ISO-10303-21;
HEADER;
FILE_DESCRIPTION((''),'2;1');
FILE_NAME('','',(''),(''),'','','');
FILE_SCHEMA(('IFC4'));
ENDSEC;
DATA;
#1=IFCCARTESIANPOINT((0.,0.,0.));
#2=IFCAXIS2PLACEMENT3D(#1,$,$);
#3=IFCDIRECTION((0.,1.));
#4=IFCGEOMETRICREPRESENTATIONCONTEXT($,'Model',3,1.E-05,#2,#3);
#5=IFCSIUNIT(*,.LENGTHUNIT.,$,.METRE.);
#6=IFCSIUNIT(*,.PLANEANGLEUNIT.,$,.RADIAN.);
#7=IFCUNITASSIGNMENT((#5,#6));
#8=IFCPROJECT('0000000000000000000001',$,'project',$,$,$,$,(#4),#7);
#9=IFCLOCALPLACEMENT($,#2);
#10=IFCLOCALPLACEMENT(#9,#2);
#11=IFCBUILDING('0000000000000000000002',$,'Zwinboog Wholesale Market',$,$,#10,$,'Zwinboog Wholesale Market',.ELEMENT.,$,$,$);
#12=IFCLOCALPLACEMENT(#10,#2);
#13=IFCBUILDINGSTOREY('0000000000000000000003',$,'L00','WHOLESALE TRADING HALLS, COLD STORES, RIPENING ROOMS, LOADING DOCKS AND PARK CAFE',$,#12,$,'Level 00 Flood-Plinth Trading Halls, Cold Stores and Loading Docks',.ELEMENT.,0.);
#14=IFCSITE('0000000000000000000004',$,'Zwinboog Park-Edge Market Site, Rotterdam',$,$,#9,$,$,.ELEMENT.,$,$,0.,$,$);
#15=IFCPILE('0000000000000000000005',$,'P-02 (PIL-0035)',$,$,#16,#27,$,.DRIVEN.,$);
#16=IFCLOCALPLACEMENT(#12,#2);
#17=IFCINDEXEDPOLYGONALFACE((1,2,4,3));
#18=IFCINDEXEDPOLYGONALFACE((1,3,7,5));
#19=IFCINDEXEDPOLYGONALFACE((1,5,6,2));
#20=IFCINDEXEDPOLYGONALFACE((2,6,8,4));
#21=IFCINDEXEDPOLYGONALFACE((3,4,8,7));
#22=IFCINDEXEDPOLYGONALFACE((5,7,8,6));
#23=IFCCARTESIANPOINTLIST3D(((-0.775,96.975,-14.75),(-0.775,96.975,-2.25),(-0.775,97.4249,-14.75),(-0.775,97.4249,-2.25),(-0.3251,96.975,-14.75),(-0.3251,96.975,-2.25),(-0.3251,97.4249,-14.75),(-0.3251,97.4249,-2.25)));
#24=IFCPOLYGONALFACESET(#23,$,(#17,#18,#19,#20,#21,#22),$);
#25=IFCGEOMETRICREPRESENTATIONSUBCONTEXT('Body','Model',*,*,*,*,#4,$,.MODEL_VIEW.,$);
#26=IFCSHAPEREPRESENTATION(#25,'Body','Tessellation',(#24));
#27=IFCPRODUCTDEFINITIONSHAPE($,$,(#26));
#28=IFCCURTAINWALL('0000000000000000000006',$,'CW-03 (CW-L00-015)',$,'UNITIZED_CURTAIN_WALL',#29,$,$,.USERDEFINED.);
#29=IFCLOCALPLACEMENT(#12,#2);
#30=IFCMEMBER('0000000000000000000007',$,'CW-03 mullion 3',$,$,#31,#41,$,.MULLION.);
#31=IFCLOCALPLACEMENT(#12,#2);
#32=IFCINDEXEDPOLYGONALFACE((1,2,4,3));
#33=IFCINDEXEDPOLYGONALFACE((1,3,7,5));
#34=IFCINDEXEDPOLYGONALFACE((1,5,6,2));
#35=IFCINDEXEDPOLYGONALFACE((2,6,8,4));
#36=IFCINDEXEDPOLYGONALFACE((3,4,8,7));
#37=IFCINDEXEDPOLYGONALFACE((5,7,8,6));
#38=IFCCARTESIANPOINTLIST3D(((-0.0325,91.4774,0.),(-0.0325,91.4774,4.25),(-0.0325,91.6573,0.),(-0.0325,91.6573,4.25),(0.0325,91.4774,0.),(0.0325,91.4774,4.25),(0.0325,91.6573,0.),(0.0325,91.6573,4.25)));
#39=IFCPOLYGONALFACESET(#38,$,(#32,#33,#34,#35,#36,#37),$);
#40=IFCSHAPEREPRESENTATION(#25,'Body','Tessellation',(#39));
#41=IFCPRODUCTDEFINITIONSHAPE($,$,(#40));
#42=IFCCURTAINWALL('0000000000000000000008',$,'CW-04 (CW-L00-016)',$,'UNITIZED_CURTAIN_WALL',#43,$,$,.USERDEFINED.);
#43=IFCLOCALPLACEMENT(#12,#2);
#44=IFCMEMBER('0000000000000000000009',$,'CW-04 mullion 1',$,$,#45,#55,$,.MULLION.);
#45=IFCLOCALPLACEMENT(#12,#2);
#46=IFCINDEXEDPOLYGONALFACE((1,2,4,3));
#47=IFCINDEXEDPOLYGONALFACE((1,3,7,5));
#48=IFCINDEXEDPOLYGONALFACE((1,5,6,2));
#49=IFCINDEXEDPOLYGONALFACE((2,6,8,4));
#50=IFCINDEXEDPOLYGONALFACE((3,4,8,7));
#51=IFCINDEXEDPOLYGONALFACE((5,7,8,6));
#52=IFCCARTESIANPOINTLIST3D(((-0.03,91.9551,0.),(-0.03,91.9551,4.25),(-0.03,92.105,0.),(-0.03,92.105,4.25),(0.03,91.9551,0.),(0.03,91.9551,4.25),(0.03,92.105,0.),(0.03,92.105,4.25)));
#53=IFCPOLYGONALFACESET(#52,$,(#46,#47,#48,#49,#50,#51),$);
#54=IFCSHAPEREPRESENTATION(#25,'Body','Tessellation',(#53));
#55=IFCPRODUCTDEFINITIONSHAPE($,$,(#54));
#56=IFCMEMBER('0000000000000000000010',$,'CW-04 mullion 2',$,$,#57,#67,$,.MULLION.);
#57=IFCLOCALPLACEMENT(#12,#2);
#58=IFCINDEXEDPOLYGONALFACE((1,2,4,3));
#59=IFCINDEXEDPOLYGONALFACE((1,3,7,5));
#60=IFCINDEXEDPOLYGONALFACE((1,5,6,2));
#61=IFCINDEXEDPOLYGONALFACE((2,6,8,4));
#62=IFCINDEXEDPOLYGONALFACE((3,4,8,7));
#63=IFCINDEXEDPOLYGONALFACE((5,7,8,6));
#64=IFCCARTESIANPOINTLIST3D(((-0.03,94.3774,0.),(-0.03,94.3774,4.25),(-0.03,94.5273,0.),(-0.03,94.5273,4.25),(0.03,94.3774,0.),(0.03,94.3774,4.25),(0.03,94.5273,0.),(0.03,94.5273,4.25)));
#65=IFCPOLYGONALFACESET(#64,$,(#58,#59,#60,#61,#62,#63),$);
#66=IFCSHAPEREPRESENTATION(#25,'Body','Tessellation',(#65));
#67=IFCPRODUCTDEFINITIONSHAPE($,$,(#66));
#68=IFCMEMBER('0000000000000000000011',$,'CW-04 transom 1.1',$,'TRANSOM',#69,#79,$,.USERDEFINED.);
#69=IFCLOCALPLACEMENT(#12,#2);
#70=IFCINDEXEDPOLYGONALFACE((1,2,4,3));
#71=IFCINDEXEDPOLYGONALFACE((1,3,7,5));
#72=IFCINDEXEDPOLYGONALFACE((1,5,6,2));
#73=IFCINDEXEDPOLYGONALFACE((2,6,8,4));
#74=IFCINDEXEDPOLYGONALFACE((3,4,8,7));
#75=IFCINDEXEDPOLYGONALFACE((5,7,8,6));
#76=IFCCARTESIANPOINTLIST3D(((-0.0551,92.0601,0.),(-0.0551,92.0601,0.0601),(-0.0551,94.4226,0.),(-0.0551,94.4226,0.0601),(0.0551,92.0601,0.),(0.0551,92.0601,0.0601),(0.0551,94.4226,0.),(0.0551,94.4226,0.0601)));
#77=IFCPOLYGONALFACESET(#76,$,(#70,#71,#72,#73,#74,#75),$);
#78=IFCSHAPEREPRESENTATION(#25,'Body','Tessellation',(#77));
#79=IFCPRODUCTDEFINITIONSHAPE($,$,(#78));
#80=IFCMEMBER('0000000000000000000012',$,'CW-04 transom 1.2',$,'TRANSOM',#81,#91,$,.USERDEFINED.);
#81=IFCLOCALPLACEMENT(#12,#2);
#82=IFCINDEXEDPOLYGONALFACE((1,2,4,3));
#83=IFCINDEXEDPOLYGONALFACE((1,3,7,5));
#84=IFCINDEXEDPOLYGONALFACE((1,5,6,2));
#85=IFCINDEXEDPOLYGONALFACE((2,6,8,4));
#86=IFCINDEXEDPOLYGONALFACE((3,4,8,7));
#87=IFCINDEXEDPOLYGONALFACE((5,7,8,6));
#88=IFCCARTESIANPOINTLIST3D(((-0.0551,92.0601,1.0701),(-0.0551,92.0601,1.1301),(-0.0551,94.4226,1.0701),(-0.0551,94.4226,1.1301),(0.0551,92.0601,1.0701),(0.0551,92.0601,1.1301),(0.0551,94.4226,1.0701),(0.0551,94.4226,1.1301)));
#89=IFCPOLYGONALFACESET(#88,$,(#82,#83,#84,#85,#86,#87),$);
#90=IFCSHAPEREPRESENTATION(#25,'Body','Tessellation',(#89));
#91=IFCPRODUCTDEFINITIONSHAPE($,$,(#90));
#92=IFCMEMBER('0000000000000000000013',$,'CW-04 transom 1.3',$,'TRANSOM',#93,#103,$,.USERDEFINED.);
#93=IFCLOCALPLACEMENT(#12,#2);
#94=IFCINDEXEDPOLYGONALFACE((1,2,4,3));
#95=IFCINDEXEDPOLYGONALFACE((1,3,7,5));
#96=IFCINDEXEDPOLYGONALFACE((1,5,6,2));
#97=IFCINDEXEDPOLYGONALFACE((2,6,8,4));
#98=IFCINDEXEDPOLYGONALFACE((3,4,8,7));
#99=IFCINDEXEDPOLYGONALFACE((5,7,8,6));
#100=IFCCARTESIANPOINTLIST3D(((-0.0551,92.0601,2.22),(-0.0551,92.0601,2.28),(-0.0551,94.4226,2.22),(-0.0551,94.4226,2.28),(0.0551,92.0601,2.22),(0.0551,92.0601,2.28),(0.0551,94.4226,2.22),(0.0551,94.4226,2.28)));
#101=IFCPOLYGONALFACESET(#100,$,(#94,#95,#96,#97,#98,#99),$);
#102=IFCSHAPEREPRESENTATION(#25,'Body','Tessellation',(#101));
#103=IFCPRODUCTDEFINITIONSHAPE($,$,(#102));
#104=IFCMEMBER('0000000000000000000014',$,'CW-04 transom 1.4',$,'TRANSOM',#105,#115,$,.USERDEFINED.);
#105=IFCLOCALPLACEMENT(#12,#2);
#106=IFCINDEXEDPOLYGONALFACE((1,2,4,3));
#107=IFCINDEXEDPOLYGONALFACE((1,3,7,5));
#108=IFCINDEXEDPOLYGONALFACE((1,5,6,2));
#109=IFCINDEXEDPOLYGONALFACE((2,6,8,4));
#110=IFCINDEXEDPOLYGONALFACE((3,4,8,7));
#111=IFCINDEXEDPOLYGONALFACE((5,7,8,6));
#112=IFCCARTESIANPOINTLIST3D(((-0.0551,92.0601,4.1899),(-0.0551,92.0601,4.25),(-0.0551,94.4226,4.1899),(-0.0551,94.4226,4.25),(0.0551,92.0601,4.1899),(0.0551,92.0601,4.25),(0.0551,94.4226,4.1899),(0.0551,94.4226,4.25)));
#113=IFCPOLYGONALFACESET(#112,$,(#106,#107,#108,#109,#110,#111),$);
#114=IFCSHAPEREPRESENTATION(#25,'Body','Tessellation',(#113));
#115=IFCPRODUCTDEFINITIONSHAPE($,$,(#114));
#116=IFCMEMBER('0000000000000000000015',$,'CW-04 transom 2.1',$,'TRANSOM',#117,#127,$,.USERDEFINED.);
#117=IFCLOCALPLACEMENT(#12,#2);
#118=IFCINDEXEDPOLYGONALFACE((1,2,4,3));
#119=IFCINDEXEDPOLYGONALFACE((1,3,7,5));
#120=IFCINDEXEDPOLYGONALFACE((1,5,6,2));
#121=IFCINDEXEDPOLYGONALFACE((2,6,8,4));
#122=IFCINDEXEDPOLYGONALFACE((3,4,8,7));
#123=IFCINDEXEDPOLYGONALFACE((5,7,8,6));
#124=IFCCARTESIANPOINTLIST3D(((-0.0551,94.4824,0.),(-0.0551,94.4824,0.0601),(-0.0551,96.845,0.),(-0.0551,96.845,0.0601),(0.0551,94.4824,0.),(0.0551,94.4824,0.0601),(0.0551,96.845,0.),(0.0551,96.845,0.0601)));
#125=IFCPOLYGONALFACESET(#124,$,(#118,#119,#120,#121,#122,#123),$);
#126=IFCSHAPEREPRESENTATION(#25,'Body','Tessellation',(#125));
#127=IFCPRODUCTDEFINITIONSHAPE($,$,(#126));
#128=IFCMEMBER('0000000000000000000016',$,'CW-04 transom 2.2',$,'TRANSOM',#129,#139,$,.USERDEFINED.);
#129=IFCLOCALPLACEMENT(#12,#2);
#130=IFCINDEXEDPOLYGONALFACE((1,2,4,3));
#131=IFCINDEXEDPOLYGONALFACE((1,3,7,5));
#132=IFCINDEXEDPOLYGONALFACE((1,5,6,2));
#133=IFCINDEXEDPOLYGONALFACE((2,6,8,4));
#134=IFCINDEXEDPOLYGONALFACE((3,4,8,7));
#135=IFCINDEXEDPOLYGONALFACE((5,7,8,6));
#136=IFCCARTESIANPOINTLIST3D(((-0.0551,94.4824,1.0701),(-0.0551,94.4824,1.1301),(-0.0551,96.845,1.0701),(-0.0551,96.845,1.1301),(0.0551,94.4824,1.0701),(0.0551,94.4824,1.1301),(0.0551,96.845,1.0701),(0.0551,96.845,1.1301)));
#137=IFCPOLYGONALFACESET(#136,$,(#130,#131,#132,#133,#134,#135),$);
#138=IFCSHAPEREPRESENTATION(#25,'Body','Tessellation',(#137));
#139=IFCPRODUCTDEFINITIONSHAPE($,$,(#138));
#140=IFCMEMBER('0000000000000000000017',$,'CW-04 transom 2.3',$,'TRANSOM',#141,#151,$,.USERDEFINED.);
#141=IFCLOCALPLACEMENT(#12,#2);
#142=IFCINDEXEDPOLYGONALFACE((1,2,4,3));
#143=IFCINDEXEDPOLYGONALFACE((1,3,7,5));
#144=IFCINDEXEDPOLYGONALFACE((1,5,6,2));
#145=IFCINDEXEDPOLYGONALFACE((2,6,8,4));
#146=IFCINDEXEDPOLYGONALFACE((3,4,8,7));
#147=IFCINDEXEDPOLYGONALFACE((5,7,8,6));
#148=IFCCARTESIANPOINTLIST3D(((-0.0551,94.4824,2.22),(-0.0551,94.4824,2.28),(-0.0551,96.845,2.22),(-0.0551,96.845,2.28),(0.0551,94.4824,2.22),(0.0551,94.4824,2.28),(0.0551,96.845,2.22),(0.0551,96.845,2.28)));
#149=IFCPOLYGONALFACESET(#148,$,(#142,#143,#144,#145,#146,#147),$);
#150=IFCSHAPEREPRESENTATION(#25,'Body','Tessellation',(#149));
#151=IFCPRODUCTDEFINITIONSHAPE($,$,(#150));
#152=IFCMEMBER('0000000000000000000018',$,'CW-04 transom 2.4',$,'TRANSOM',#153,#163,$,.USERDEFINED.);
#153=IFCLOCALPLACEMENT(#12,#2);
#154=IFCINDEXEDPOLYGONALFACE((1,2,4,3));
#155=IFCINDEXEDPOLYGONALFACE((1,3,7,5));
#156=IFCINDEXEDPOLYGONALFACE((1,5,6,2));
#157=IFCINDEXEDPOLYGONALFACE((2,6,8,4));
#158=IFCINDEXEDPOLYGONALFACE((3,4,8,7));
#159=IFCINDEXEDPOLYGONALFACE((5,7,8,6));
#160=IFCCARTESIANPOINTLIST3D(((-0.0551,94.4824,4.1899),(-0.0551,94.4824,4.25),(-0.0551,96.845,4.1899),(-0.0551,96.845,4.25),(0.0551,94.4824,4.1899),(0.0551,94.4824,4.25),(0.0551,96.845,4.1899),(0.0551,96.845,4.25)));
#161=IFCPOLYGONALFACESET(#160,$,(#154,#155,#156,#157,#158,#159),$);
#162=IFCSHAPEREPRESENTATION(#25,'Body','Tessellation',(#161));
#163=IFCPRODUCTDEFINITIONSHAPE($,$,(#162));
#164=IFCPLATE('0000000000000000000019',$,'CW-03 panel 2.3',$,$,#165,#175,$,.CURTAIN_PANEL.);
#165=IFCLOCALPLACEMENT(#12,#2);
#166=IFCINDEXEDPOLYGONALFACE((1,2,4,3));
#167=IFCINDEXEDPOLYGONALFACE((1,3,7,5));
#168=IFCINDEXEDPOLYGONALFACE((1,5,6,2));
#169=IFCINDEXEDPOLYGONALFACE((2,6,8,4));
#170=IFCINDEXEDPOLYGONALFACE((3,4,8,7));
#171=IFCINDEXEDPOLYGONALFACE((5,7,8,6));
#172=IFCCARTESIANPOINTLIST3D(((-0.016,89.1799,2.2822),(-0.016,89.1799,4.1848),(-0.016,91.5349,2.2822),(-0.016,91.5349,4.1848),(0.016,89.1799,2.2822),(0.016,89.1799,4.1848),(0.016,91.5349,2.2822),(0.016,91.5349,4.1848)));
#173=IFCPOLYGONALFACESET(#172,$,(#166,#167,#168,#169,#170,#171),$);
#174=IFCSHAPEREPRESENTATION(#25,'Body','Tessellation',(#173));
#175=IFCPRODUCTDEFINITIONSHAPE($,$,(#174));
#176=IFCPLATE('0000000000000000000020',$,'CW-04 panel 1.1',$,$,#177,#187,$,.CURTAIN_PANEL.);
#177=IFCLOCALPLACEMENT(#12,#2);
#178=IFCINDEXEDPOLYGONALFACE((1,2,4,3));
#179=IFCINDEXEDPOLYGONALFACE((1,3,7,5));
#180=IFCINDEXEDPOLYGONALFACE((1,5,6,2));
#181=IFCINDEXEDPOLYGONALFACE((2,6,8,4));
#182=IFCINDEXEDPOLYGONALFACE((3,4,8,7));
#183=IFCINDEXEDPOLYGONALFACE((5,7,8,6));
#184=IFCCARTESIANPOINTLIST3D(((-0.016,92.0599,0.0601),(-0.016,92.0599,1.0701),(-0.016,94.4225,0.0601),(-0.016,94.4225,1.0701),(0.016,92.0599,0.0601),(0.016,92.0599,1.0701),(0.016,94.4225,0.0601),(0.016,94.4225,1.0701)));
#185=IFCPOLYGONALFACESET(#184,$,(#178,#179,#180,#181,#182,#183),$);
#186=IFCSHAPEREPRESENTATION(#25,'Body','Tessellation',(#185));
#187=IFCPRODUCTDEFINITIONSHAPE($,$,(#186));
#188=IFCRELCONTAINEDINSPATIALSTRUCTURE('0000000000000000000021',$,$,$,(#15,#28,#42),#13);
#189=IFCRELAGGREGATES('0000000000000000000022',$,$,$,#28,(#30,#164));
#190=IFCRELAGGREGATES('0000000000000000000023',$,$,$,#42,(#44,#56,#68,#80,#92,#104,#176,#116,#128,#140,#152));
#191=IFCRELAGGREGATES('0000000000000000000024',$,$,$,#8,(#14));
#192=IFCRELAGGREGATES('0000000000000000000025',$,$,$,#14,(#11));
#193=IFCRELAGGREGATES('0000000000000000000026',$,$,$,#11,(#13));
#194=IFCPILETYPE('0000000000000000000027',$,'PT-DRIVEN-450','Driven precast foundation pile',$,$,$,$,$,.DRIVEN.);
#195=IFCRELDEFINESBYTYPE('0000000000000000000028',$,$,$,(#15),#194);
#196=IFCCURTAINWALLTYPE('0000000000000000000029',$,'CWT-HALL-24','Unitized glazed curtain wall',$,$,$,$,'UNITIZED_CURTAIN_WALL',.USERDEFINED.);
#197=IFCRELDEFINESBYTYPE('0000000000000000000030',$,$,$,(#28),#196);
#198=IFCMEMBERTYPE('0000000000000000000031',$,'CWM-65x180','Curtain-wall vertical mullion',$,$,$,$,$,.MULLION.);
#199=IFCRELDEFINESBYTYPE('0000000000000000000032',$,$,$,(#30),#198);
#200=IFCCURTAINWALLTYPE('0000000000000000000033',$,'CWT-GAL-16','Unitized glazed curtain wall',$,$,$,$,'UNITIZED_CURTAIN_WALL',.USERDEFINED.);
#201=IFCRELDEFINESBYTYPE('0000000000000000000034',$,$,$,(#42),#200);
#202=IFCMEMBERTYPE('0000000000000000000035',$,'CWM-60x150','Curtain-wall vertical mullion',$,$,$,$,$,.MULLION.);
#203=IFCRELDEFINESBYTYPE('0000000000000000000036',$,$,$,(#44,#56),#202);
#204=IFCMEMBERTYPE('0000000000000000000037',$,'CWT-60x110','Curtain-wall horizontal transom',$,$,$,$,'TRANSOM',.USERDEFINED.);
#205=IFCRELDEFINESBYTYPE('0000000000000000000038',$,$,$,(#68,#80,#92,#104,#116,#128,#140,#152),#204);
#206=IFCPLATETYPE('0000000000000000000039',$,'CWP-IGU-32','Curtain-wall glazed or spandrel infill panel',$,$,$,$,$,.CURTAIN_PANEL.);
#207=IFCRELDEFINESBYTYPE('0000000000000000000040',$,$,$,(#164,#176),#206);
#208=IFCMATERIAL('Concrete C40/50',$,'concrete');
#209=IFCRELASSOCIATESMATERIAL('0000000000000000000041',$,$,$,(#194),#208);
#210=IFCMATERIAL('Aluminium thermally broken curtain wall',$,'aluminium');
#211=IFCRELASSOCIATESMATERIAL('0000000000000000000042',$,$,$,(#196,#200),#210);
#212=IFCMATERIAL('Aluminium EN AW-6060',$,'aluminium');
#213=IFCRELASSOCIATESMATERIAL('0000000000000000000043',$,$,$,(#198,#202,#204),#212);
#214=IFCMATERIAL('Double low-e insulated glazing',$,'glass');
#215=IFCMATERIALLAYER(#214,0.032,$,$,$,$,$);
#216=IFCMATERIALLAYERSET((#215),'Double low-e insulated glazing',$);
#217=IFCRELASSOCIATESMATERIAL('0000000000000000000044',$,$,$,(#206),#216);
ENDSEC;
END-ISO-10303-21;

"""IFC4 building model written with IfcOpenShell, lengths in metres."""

from ifc_helpers import new_model, si_unit, direction, frame, origin, origin_2d, place, context, subcontext, project, spatial, rectangle, extrude, material, layer, layer_set, material_profile, profile_set, type_object, element, aggregate, save


model = new_model("IFC4")

# Units and contexts
model_context = context("Model", 3, precision=1e-05, world=origin(), true_north=direction((0.0, 1.0)))
body_context = subcontext(model_context, "Body", "Model", "MODEL_VIEW")
ifc_project = project(units=[si_unit("LENGTHUNIT", "METRE"), si_unit("PLANEANGLEUNIT", "RADIAN")], contexts=[model_context])

# Site, building, storey
site_placement = place(None, origin())
site = spatial("IfcSite", under=ifc_project, at=site_placement, Name="Zwinboog Park-Edge Market Site, Rotterdam", CompositionType="ELEMENT", RefElevation=0.0)
building_placement = place(site_placement, origin())
building = spatial("IfcBuilding", under=site, at=building_placement, Name="Zwinboog Wholesale Market", LongName="Zwinboog Wholesale Market", CompositionType="ELEMENT")
storey_placement = place(building_placement, origin())
storey = spatial("IfcBuildingStorey", under=building, at=storey_placement, Name="L00", Description="WHOLESALE TRADING HALLS, COLD STORES, RIPENING ROOMS, LOADING DOCKS AND PARK CAFE", LongName="Level 00 Flood-Plinth Trading Halls, Cold Stores and Loading Docks", CompositionType="ELEMENT", Elevation=0.0)

# Pile
ifc_material_1 = material(Name="Concrete C40/50", Category="concrete")
ifc_material_profile_1 = material_profile(ifc_material_1, rectangle(XDim=0.45, YDim=0.45, at=origin_2d()), Name="PILE SQ450")
ifc_profile_set_1 = profile_set([ifc_material_profile_1], Name="Concrete C40/50")
pile_type = type_object("IfcPileType", Name="PT-DRIVEN-450", Description="Driven precast foundation pile", PredefinedType="DRIVEN", material=ifc_profile_set_1)
pile_placement = place(storey_placement, frame((-0.55, 97.2, -2.25), z_axis=(0.0, 0.0, -1.0), x_axis=(1.0, 0.0, 0.0)))
element("IfcPile", 1, at=pile_placement, inside=storey, type_object=pile_type, Name="P-02 (PIL-0035)", PredefinedType="DRIVEN", context=body_context, shape_type="SweptSolid", body=[
    extrude(rectangle(XDim=0.45, YDim=0.45, at=origin_2d()), origin(), (0.0, 0.0, 1.0), 12.5),
])

# Curtain wall, member
ifc_material_2 = material(Name="Aluminium thermally broken curtain wall", Category="aluminium")
curtain_wall_type_1 = type_object("IfcCurtainWallType", Name="CWT-HALL-24", Description="Unitized glazed curtain wall", ElementType="UNITIZED_CURTAIN_WALL", PredefinedType="USERDEFINED", material=ifc_material_2)
curtain_wall_1_placement = place(storey_placement, origin())
curtain_wall_1 = element("IfcCurtainWall", 2, at=curtain_wall_1_placement, inside=storey, type_object=curtain_wall_type_1, Name="CW-03 (CW-L00-015)", ObjectType="UNITIZED_CURTAIN_WALL", PredefinedType="USERDEFINED")
ifc_material_3 = material(Name="Aluminium EN AW-6060", Category="aluminium")
ifc_material_profile_2 = material_profile(ifc_material_3, rectangle(XDim=0.0649, YDim=0.1799, at=origin_2d()), Name="AL 65x180")
ifc_profile_set_2 = profile_set([ifc_material_profile_2], Name="Aluminium EN AW-6060")
member_type_1 = type_object("IfcMemberType", Name="CWM-65x180", Description="Curtain-wall vertical mullion", PredefinedType="MULLION", material=ifc_profile_set_2)
member_1_placement = place(storey_placement, frame((0.0, 91.5674, 0.0), z_axis=(0.0, 0.0, 1.0), x_axis=(-1.0, 0.0, 0.0)))
member_1 = element("IfcMember", 3, at=member_1_placement, type_object=member_type_1, Name="CW-03 mullion 3", PredefinedType="MULLION", context=body_context, shape_type="SweptSolid", body=[
    extrude(rectangle(XDim=0.0649, YDim=0.1799, at=origin_2d()), origin(), (0.0, 0.0, 1.0), 4.25),
])

# Curtain wall, members
curtain_wall_type_2 = type_object("IfcCurtainWallType", Name="CWT-GAL-16", Description="Unitized glazed curtain wall", ElementType="UNITIZED_CURTAIN_WALL", PredefinedType="USERDEFINED", material=ifc_material_2)
curtain_wall_2_placement = place(storey_placement, origin())
curtain_wall_2 = element("IfcCurtainWall", 4, at=curtain_wall_2_placement, inside=storey, type_object=curtain_wall_type_2, Name="CW-04 (CW-L00-016)", ObjectType="UNITIZED_CURTAIN_WALL", PredefinedType="USERDEFINED")
ifc_material_profile_3 = material_profile(ifc_material_3, rectangle(XDim=0.0601, YDim=0.1499, at=origin_2d()), Name="AL 60x150")
ifc_profile_set_3 = profile_set([ifc_material_profile_3], Name="Aluminium EN AW-6060")
member_type_2 = type_object("IfcMemberType", Name="CWM-60x150", Description="Curtain-wall vertical mullion", PredefinedType="MULLION", material=ifc_profile_set_3)
member_2_placement = place(storey_placement, frame((0.0, 92.03, 0.0), z_axis=(0.0, 0.0, 1.0), x_axis=(-1.0, 0.0, 0.0)))
member_2 = element("IfcMember", 5, at=member_2_placement, type_object=member_type_2, Name="CW-04 mullion 1", PredefinedType="MULLION", context=body_context, shape_type="SweptSolid", body=[
    extrude(rectangle(XDim=0.0601, YDim=0.1499, at=origin_2d()), origin(), (0.0, 0.0, 1.0), 4.25),
])
member_3_placement = place(storey_placement, frame((0.0, 94.4524, 0.0), z_axis=(0.0, 0.0, 1.0), x_axis=(-1.0, 0.0, 0.0)))
member_3 = element("IfcMember", 6, at=member_3_placement, type_object=member_type_2, Name="CW-04 mullion 2", PredefinedType="MULLION", context=body_context, shape_type="SweptSolid", body=[
    extrude(rectangle(XDim=0.0601, YDim=0.1499, at=origin_2d()), origin(), (0.0, 0.0, 1.0), 4.25),
])
ifc_material_profile_4 = material_profile(ifc_material_3, rectangle(XDim=0.1101, YDim=0.0601, at=origin_2d()), Name="AL 60x110")
ifc_profile_set_4 = profile_set([ifc_material_profile_4], Name="Aluminium EN AW-6060")
member_type_3 = type_object("IfcMemberType", Name="CWT-60x110", Description="Curtain-wall horizontal transom", ElementType="TRANSOM", PredefinedType="USERDEFINED", material=ifc_profile_set_4)
member_4_placement = place(storey_placement, frame((0.0, 92.0601, 0.03), z_axis=(0.0, 1.0, 0.0), x_axis=(-1.0, 0.0, 0.0)))
member_4 = element("IfcMember", 7, at=member_4_placement, type_object=member_type_3, Name="CW-04 transom 1.1", ObjectType="TRANSOM", PredefinedType="USERDEFINED", context=body_context, shape_type="SweptSolid", body=[
    extrude(rectangle(XDim=0.1101, YDim=0.0601, at=origin_2d()), origin(), (0.0, 0.0, 1.0), 2.3625),
])
member_5_placement = place(storey_placement, frame((0.0, 92.0601, 1.1001), z_axis=(0.0, 1.0, 0.0), x_axis=(-1.0, 0.0, 0.0)))
member_5 = element("IfcMember", 8, at=member_5_placement, type_object=member_type_3, Name="CW-04 transom 1.2", ObjectType="TRANSOM", PredefinedType="USERDEFINED", context=body_context, shape_type="SweptSolid", body=[
    extrude(rectangle(XDim=0.1101, YDim=0.0601, at=origin_2d()), origin(), (0.0, 0.0, 1.0), 2.3625),
])
member_6_placement = place(storey_placement, frame((0.0, 92.0601, 2.25), z_axis=(0.0, 1.0, 0.0), x_axis=(-1.0, 0.0, 0.0)))
member_6 = element("IfcMember", 9, at=member_6_placement, type_object=member_type_3, Name="CW-04 transom 1.3", ObjectType="TRANSOM", PredefinedType="USERDEFINED", context=body_context, shape_type="SweptSolid", body=[
    extrude(rectangle(XDim=0.1101, YDim=0.0601, at=origin_2d()), origin(), (0.0, 0.0, 1.0), 2.3625),
])
member_7_placement = place(storey_placement, frame((0.0, 92.0601, 4.22), z_axis=(0.0, 1.0, 0.0), x_axis=(-1.0, 0.0, 0.0)))
member_7 = element("IfcMember", 10, at=member_7_placement, type_object=member_type_3, Name="CW-04 transom 1.4", ObjectType="TRANSOM", PredefinedType="USERDEFINED", context=body_context, shape_type="SweptSolid", body=[
    extrude(rectangle(XDim=0.1101, YDim=0.0601, at=origin_2d()), origin(), (0.0, 0.0, 1.0), 2.3625),
])
member_8_placement = place(storey_placement, frame((0.0, 94.4824, 0.03), z_axis=(0.0, 1.0, 0.0), x_axis=(-1.0, 0.0, 0.0)))
member_8 = element("IfcMember", 11, at=member_8_placement, type_object=member_type_3, Name="CW-04 transom 2.1", ObjectType="TRANSOM", PredefinedType="USERDEFINED", context=body_context, shape_type="SweptSolid", body=[
    extrude(rectangle(XDim=0.1101, YDim=0.0601, at=origin_2d()), origin(), (0.0, 0.0, 1.0), 2.3625),
])
member_9_placement = place(storey_placement, frame((0.0, 94.4824, 1.1001), z_axis=(0.0, 1.0, 0.0), x_axis=(-1.0, 0.0, 0.0)))
member_9 = element("IfcMember", 12, at=member_9_placement, type_object=member_type_3, Name="CW-04 transom 2.2", ObjectType="TRANSOM", PredefinedType="USERDEFINED", context=body_context, shape_type="SweptSolid", body=[
    extrude(rectangle(XDim=0.1101, YDim=0.0601, at=origin_2d()), origin(), (0.0, 0.0, 1.0), 2.3625),
])
member_10_placement = place(storey_placement, frame((0.0, 94.4824, 2.25), z_axis=(0.0, 1.0, 0.0), x_axis=(-1.0, 0.0, 0.0)))
member_10 = element("IfcMember", 13, at=member_10_placement, type_object=member_type_3, Name="CW-04 transom 2.3", ObjectType="TRANSOM", PredefinedType="USERDEFINED", context=body_context, shape_type="SweptSolid", body=[
    extrude(rectangle(XDim=0.1101, YDim=0.0601, at=origin_2d()), origin(), (0.0, 0.0, 1.0), 2.3625),
])
member_11_placement = place(storey_placement, frame((0.0, 94.4824, 4.22), z_axis=(0.0, 1.0, 0.0), x_axis=(-1.0, 0.0, 0.0)))
member_11 = element("IfcMember", 14, at=member_11_placement, type_object=member_type_3, Name="CW-04 transom 2.4", ObjectType="TRANSOM", PredefinedType="USERDEFINED", context=body_context, shape_type="SweptSolid", body=[
    extrude(rectangle(XDim=0.1101, YDim=0.0601, at=origin_2d()), origin(), (0.0, 0.0, 1.0), 2.3625),
])

# Plates
ifc_material_4 = material(Name="Double low-e insulated glazing", Category="glass")
ifc_layer_1 = layer(ifc_material_4, 0.032)
ifc_layer_set_1 = layer_set([ifc_layer_1], Name="Double low-e insulated glazing")
plate_type = type_object("IfcPlateType", Name="CWP-IGU-32", Description="Curtain-wall glazed or spandrel infill panel", PredefinedType="CURTAIN_PANEL", material=ifc_layer_set_1)
plate_1_placement = place(storey_placement, frame((0.0, 90.3574, 2.2822), z_axis=(0.0, 0.0, 1.0), x_axis=(0.0, 1.0, 0.0)))
plate_1 = element("IfcPlate", 15, at=plate_1_placement, type_object=plate_type, Name="CW-03 panel 2.3", PredefinedType="CURTAIN_PANEL", context=body_context, shape_type="SweptSolid", body=[
    extrude(rectangle(XDim=2.355, YDim=0.032, at=origin_2d()), origin(), (0.0, 0.0, 1.0), 1.9026),
])
aggregate(curtain_wall_1, [member_1, plate_1])
plate_2_placement = place(storey_placement, frame((0.0, 93.2412, 0.0601), z_axis=(0.0, 0.0, 1.0), x_axis=(0.0, 1.0, 0.0)))
plate_2 = element("IfcPlate", 16, at=plate_2_placement, type_object=plate_type, Name="CW-04 panel 1.1", PredefinedType="CURTAIN_PANEL", context=body_context, shape_type="SweptSolid", body=[
    extrude(rectangle(XDim=2.3625, YDim=0.032, at=origin_2d()), origin(), (0.0, 0.0, 1.0), 1.01),
])
aggregate(curtain_wall_2, [member_2, member_3, member_4, member_5, member_6, member_7, plate_2, member_8, member_9, member_10, member_11])

save(model, "model.ifc")
